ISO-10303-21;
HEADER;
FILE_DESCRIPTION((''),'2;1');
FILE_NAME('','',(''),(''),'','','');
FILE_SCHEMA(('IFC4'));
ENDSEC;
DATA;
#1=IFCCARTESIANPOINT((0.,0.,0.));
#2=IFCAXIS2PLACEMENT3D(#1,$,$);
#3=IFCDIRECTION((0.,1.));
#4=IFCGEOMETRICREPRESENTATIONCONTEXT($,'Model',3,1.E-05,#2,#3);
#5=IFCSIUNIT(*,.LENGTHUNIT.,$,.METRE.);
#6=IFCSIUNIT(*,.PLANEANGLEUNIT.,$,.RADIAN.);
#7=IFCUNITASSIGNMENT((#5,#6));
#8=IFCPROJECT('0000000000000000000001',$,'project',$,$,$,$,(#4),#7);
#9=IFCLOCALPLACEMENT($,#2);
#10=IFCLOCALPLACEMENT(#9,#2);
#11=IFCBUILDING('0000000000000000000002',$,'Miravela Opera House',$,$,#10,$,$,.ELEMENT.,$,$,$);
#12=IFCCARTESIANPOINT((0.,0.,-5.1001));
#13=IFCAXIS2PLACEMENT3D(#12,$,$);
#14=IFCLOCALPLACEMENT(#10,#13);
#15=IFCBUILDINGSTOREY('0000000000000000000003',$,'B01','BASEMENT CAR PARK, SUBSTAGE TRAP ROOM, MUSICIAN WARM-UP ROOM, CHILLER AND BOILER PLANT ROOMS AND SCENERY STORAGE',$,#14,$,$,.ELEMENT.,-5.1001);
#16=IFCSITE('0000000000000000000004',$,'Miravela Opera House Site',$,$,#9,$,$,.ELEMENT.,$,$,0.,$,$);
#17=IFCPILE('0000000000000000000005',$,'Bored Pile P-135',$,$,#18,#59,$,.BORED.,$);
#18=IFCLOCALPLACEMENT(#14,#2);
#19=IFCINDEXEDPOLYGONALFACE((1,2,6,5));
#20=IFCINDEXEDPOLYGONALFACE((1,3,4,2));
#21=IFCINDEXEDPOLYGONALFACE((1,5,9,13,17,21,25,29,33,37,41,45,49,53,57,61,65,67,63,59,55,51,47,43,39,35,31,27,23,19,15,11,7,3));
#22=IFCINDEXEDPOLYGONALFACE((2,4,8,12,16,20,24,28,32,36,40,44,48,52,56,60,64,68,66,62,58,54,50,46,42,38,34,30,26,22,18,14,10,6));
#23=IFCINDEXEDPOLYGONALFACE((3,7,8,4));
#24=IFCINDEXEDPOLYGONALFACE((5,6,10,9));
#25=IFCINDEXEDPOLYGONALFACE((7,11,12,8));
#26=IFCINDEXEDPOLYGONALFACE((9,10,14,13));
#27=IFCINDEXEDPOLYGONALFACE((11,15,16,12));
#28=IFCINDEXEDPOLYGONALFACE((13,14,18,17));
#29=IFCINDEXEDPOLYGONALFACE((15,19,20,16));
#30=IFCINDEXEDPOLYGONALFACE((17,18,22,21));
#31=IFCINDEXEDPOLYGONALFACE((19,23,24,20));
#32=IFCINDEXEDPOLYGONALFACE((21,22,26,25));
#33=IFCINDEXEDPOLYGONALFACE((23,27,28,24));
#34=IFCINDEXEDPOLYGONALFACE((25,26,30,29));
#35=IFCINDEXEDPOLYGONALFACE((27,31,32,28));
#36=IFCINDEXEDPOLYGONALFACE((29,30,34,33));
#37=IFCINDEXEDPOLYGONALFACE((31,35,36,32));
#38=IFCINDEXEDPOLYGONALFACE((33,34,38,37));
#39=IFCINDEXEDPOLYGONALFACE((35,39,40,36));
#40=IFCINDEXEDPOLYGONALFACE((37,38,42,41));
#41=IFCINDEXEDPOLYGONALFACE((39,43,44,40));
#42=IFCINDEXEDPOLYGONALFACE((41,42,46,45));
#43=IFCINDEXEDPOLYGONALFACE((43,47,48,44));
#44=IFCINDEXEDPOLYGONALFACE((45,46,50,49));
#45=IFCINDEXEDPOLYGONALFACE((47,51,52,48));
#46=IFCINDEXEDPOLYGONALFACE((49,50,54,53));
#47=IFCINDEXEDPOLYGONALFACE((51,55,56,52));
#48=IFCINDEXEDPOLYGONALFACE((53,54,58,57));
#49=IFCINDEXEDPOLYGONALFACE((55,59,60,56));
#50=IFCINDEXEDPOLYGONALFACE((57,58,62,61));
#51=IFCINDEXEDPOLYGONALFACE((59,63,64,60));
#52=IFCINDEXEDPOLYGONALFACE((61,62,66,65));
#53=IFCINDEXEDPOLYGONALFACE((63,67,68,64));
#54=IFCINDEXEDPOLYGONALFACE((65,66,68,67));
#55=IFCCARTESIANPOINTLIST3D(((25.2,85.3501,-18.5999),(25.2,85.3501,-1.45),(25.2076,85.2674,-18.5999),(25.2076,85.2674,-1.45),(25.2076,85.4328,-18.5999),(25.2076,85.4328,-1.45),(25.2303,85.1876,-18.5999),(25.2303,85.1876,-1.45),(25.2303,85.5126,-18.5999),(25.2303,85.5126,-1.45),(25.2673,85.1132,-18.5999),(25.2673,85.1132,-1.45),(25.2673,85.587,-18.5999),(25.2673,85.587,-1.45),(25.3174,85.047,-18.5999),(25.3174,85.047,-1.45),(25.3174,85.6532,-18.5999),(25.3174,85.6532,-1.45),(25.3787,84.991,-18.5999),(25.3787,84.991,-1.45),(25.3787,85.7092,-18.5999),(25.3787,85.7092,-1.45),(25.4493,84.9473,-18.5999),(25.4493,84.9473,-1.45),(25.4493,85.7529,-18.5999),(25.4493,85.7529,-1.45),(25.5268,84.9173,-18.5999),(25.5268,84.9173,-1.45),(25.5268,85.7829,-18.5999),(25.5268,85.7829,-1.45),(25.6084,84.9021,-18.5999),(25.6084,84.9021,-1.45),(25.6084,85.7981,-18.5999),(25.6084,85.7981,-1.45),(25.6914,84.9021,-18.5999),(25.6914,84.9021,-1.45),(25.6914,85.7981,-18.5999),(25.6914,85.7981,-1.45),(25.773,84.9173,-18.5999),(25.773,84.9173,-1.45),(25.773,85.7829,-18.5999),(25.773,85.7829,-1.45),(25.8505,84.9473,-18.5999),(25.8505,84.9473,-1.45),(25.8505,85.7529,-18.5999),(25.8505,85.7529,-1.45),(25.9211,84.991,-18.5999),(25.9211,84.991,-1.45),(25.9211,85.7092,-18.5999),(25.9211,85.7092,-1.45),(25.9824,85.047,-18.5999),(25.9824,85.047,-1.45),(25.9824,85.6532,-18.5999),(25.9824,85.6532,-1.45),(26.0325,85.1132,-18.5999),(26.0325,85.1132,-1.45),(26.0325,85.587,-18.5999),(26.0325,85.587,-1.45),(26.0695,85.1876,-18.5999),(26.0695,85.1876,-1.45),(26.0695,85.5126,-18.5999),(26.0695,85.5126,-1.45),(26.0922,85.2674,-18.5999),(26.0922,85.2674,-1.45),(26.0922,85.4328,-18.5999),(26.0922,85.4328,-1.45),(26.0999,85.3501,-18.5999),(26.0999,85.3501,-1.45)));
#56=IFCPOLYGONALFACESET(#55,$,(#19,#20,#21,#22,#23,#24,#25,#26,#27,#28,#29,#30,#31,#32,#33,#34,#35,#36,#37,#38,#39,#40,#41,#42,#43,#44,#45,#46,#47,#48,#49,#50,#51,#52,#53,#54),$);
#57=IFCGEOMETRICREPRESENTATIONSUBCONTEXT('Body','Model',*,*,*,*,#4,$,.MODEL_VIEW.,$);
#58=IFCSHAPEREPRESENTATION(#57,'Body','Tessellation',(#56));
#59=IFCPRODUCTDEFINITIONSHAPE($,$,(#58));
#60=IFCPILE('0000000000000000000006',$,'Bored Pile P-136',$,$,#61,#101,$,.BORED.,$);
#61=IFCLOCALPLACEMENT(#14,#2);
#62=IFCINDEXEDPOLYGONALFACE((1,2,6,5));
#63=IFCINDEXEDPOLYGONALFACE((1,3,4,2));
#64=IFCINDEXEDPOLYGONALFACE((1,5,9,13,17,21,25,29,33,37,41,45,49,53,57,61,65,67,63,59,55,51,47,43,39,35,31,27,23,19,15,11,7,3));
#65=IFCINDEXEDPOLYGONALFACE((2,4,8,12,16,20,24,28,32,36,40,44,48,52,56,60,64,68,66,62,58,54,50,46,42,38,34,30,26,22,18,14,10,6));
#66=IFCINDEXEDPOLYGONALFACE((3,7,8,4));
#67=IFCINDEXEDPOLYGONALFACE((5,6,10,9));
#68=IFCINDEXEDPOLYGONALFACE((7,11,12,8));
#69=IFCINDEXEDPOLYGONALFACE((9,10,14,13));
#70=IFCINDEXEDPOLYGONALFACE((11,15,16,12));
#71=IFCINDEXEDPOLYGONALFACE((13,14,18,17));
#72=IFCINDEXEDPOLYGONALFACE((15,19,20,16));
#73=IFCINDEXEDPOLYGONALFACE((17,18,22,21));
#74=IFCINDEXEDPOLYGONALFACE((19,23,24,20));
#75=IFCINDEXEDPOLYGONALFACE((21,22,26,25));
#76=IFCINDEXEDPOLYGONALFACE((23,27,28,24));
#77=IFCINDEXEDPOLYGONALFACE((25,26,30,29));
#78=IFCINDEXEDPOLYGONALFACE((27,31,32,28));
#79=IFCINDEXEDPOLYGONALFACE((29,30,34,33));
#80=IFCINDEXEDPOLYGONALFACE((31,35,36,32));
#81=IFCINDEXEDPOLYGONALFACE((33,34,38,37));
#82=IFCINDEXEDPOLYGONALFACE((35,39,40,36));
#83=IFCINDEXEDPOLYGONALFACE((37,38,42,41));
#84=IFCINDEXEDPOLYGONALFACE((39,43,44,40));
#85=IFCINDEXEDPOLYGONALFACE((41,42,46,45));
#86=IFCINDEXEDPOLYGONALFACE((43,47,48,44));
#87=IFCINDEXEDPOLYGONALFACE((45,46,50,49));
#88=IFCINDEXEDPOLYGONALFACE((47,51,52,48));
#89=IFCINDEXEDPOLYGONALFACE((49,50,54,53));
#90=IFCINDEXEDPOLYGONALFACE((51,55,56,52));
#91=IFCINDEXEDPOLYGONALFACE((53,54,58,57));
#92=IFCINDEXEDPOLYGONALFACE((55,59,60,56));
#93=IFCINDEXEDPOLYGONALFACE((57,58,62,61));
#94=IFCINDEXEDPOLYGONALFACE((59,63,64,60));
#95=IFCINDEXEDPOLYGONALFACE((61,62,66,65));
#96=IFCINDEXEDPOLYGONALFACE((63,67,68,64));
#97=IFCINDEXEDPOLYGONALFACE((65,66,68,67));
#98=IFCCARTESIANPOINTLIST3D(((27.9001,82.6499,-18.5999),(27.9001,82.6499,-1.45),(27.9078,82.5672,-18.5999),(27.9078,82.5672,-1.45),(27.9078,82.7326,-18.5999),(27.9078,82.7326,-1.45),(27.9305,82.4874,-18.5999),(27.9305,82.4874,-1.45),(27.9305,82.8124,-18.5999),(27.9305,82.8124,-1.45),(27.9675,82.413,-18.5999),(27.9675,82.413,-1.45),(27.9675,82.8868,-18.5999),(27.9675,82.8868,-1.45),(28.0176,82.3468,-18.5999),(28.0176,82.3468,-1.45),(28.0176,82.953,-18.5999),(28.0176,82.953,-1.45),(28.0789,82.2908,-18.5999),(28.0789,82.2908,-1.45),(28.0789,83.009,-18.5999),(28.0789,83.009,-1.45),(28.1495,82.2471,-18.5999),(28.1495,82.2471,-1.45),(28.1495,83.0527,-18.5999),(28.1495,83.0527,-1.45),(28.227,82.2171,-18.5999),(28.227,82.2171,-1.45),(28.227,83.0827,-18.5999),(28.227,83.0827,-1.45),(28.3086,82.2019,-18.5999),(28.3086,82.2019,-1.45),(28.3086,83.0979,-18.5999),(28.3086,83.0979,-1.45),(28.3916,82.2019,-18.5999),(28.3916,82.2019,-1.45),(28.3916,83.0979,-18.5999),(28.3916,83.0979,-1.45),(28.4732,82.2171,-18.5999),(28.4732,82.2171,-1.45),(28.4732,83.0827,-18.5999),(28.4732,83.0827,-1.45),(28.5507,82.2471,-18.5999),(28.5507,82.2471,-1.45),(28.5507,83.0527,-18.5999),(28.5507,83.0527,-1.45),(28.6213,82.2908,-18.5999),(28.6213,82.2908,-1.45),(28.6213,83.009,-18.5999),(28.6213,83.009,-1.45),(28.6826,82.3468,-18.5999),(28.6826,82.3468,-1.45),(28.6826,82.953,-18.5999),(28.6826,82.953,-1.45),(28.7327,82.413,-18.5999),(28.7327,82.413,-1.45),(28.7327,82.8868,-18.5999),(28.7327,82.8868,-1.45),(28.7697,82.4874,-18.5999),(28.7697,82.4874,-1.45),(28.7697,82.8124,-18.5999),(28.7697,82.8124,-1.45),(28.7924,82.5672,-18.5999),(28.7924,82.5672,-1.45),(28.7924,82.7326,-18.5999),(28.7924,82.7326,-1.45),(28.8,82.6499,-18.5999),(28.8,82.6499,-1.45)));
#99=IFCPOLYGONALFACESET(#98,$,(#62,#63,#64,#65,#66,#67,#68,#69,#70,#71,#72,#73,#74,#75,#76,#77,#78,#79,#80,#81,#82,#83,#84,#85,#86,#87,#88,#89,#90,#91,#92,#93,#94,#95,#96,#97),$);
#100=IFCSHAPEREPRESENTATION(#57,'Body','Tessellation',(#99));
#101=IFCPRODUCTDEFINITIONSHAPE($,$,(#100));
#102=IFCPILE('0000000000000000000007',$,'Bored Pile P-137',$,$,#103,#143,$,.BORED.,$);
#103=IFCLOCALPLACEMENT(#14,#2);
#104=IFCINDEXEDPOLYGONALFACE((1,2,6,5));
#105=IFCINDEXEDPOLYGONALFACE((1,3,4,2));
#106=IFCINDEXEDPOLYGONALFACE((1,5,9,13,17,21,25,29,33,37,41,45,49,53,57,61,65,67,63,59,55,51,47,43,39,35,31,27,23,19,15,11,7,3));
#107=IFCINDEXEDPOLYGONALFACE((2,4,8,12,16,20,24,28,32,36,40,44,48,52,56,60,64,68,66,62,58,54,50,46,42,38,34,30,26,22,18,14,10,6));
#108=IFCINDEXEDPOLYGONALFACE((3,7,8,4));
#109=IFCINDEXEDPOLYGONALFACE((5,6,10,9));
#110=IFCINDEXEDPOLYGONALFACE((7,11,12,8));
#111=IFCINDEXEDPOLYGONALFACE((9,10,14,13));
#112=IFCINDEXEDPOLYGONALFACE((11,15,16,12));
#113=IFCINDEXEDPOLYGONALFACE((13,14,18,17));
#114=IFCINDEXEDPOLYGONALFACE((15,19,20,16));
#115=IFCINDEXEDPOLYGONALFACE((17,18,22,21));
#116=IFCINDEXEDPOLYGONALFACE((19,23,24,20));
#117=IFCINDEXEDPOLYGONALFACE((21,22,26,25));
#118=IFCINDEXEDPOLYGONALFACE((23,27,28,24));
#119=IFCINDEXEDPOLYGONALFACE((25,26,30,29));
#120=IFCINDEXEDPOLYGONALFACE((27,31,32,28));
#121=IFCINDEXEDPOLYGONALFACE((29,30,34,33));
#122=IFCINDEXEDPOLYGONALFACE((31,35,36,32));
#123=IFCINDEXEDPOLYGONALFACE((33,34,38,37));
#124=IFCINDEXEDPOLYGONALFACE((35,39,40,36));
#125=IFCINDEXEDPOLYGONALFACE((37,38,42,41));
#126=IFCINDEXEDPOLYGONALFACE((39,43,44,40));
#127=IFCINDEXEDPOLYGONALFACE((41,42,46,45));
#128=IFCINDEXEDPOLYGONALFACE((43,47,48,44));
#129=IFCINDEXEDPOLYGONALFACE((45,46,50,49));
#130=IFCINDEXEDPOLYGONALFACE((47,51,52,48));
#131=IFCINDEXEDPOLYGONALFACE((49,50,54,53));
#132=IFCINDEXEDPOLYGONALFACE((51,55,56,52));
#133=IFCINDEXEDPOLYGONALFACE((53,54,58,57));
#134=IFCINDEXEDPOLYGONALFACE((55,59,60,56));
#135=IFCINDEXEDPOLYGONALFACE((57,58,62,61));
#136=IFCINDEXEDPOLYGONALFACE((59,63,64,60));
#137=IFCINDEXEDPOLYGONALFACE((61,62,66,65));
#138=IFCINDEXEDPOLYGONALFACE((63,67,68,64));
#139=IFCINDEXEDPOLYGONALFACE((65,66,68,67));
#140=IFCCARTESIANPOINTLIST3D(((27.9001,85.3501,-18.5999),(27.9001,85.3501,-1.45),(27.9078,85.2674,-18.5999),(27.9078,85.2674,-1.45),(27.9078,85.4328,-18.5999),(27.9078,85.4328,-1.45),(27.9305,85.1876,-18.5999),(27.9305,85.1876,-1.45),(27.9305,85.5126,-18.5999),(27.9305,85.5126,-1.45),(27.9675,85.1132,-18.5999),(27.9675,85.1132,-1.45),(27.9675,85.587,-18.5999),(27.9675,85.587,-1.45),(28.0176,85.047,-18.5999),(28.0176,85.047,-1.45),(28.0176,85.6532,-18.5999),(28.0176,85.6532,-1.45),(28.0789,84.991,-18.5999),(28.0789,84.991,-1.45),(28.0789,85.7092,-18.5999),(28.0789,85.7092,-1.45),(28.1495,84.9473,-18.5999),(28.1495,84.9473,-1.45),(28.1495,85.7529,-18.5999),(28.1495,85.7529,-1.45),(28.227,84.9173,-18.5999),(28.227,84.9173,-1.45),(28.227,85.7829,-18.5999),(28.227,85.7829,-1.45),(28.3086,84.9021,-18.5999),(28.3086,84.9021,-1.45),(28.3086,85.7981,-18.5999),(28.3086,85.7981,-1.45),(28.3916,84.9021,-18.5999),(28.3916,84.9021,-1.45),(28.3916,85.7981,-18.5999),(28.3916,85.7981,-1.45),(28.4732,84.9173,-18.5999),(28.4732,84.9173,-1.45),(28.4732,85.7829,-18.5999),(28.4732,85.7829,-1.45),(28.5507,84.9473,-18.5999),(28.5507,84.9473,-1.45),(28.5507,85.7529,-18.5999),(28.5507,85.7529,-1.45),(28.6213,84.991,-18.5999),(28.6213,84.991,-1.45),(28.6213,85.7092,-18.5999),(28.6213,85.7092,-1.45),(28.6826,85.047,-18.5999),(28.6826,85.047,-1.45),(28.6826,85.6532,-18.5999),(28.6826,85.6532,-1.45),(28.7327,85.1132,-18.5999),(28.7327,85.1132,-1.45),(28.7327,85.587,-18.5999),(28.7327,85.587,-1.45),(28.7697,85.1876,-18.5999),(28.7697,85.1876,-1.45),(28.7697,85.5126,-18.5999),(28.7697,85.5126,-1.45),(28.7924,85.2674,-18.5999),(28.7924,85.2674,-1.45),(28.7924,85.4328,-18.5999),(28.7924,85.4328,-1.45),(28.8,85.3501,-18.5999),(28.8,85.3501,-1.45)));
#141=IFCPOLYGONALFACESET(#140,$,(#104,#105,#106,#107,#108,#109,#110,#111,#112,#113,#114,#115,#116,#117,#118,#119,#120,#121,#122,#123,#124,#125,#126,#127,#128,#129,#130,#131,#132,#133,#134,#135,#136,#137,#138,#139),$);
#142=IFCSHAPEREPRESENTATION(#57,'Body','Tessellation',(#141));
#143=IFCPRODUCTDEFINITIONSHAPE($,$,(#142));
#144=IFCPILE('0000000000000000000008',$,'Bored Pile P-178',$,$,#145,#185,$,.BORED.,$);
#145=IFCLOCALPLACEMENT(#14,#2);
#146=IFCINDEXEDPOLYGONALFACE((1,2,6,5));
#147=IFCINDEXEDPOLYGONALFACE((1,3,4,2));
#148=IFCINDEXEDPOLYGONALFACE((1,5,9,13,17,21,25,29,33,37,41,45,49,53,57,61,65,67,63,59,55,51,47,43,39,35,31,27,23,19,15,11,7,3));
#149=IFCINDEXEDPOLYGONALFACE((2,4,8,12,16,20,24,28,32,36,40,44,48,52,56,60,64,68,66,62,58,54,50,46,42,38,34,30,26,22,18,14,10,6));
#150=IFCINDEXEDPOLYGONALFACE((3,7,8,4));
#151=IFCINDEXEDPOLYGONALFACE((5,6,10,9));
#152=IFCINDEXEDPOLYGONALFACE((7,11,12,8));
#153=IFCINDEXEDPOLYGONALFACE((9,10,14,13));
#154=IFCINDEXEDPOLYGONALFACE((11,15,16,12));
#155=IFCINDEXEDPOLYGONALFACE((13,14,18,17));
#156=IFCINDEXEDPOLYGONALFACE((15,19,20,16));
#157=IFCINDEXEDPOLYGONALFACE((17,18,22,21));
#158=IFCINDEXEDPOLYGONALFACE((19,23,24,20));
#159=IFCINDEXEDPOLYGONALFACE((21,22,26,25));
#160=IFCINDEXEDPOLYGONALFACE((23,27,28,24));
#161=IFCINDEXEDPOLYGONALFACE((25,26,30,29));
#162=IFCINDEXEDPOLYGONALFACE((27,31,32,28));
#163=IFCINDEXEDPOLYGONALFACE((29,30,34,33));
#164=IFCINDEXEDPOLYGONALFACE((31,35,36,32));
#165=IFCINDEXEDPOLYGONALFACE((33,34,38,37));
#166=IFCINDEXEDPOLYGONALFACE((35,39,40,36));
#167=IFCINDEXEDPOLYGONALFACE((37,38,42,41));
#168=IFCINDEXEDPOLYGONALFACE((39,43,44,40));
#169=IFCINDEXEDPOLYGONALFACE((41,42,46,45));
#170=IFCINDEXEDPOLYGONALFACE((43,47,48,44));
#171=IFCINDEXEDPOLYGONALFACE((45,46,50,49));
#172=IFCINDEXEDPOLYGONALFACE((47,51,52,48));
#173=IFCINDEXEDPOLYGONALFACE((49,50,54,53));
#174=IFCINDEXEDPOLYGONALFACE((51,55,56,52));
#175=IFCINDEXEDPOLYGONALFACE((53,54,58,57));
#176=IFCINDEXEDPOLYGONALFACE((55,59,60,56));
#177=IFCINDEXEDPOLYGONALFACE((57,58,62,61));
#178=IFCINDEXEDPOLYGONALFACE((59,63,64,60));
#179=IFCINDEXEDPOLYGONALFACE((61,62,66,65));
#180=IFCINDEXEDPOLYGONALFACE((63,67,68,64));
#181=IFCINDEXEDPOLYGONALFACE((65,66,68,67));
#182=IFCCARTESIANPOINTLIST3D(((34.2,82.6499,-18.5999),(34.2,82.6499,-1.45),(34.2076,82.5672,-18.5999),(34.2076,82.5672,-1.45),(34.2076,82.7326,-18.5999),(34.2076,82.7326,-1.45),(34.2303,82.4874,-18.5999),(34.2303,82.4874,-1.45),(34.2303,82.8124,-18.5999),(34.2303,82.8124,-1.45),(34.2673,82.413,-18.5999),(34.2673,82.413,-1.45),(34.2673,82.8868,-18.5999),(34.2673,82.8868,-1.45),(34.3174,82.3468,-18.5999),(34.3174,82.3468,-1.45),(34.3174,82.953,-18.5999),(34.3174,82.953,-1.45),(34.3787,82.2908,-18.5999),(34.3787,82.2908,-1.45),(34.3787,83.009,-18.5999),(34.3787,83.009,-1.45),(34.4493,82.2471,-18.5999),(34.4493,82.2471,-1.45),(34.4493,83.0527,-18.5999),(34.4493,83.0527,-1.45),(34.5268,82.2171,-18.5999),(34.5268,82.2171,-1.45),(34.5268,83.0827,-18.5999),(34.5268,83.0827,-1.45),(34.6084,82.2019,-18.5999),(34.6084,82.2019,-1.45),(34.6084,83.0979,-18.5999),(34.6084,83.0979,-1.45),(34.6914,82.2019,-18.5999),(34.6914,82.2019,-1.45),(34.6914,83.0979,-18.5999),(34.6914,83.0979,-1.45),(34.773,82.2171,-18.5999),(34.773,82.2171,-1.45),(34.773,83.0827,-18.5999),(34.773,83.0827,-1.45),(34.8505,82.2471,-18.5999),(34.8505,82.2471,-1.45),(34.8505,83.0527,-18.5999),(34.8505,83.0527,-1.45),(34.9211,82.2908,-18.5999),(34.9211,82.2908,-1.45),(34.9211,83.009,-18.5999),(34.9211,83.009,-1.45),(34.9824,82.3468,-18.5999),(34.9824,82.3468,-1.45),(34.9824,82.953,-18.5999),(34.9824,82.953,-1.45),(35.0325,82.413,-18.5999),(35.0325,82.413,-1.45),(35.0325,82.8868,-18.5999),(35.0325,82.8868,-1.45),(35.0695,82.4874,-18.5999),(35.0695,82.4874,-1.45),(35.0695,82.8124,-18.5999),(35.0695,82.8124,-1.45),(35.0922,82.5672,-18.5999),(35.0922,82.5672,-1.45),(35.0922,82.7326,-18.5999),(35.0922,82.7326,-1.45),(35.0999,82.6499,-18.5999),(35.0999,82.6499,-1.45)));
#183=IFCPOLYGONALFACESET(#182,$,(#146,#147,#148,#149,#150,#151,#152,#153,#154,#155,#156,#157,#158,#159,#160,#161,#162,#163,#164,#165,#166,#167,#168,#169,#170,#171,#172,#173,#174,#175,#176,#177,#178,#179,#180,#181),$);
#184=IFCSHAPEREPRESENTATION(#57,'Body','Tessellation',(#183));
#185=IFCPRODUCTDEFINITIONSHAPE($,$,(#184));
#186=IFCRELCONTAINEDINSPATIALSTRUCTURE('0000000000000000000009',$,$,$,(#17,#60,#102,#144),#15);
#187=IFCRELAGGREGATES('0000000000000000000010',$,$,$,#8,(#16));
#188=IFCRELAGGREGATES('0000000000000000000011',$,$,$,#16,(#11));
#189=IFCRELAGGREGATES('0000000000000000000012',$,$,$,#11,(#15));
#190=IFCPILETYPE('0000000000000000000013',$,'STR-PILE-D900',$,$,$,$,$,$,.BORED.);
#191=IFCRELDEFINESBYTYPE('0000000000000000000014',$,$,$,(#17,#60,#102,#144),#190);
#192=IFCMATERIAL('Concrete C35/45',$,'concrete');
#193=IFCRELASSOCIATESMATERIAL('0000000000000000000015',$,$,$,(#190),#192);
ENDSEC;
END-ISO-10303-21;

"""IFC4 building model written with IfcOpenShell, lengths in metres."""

from ifc_helpers import new_model, si_unit, direction, frame, origin, origin_2d, place, context, subcontext, project, spatial, circle, extrude, material, material_profile, profile_set, type_object, element, save


model = new_model("IFC4")

# Units and contexts
model_context = context("Model", 3, precision=1e-05, world=origin(), true_north=direction((0.0, 1.0)))
body_context = subcontext(model_context, "Body", "Model", "MODEL_VIEW")
ifc_project = project(units=[si_unit("LENGTHUNIT", "METRE"), si_unit("PLANEANGLEUNIT", "RADIAN")], contexts=[model_context])

# Site, building, storey
site_placement = place(None, origin())
site = spatial("IfcSite", under=ifc_project, at=site_placement, Name="Miravela Opera House Site", CompositionType="ELEMENT", RefElevation=0.0)
building_placement = place(site_placement, origin())
building = spatial("IfcBuilding", under=site, at=building_placement, Name="Miravela Opera House", CompositionType="ELEMENT")
storey_placement = place(building_placement, frame((0.0, 0.0, -5.1001)))
storey = spatial("IfcBuildingStorey", under=building, at=storey_placement, Name="B01", Description="BASEMENT CAR PARK, SUBSTAGE TRAP ROOM, MUSICIAN WARM-UP ROOM, CHILLER AND BOILER PLANT ROOMS AND SCENERY STORAGE", CompositionType="ELEMENT", Elevation=-5.1001)

# Shared definitions
ifc_material_1 = material(Name="Concrete C35/45", Category="concrete")

# Piles
ifc_material_profile_1 = material_profile(ifc_material_1, circle(Radius=0.45, at=origin_2d()), Name="PILE-D900")
ifc_profile_set_1 = profile_set([ifc_material_profile_1])
pile_type_1 = type_object("IfcPileType", Name="STR-PILE-D900", PredefinedType="BORED", material=ifc_profile_set_1)
for number, where, z_axis, x_axis, name in (
    (1, (25.6499, 85.3501, -1.45), (0.0, 0.0, -1.0), (1.0, 0.0, 0.0), "Bored Pile P-135"),
    (2, (28.3501, 82.6499, -1.45), (0.0, 0.0, -1.0), (1.0, 0.0, 0.0), "Bored Pile P-136"),
    (3, (28.3501, 85.3501, -1.45), (0.0, 0.0, -1.0), (1.0, 0.0, 0.0), "Bored Pile P-137"),
    (4, (34.6499, 82.6499, -1.45), (0.0, 0.0, -1.0), (1.0, 0.0, 0.0), "Bored Pile P-178"),
):
    element("IfcPile", number, at=place(storey_placement, frame(where, z_axis=z_axis, x_axis=x_axis)), inside=storey, type_object=pile_type_1, Name=name, PredefinedType="BORED", context=body_context, shape_type="SweptSolid", body=[
        extrude(circle(Radius=0.45, at=origin_2d()), origin(), (0.0, 0.0, 1.0), 17.1499),
    ])

save(model, "model.ifc")
